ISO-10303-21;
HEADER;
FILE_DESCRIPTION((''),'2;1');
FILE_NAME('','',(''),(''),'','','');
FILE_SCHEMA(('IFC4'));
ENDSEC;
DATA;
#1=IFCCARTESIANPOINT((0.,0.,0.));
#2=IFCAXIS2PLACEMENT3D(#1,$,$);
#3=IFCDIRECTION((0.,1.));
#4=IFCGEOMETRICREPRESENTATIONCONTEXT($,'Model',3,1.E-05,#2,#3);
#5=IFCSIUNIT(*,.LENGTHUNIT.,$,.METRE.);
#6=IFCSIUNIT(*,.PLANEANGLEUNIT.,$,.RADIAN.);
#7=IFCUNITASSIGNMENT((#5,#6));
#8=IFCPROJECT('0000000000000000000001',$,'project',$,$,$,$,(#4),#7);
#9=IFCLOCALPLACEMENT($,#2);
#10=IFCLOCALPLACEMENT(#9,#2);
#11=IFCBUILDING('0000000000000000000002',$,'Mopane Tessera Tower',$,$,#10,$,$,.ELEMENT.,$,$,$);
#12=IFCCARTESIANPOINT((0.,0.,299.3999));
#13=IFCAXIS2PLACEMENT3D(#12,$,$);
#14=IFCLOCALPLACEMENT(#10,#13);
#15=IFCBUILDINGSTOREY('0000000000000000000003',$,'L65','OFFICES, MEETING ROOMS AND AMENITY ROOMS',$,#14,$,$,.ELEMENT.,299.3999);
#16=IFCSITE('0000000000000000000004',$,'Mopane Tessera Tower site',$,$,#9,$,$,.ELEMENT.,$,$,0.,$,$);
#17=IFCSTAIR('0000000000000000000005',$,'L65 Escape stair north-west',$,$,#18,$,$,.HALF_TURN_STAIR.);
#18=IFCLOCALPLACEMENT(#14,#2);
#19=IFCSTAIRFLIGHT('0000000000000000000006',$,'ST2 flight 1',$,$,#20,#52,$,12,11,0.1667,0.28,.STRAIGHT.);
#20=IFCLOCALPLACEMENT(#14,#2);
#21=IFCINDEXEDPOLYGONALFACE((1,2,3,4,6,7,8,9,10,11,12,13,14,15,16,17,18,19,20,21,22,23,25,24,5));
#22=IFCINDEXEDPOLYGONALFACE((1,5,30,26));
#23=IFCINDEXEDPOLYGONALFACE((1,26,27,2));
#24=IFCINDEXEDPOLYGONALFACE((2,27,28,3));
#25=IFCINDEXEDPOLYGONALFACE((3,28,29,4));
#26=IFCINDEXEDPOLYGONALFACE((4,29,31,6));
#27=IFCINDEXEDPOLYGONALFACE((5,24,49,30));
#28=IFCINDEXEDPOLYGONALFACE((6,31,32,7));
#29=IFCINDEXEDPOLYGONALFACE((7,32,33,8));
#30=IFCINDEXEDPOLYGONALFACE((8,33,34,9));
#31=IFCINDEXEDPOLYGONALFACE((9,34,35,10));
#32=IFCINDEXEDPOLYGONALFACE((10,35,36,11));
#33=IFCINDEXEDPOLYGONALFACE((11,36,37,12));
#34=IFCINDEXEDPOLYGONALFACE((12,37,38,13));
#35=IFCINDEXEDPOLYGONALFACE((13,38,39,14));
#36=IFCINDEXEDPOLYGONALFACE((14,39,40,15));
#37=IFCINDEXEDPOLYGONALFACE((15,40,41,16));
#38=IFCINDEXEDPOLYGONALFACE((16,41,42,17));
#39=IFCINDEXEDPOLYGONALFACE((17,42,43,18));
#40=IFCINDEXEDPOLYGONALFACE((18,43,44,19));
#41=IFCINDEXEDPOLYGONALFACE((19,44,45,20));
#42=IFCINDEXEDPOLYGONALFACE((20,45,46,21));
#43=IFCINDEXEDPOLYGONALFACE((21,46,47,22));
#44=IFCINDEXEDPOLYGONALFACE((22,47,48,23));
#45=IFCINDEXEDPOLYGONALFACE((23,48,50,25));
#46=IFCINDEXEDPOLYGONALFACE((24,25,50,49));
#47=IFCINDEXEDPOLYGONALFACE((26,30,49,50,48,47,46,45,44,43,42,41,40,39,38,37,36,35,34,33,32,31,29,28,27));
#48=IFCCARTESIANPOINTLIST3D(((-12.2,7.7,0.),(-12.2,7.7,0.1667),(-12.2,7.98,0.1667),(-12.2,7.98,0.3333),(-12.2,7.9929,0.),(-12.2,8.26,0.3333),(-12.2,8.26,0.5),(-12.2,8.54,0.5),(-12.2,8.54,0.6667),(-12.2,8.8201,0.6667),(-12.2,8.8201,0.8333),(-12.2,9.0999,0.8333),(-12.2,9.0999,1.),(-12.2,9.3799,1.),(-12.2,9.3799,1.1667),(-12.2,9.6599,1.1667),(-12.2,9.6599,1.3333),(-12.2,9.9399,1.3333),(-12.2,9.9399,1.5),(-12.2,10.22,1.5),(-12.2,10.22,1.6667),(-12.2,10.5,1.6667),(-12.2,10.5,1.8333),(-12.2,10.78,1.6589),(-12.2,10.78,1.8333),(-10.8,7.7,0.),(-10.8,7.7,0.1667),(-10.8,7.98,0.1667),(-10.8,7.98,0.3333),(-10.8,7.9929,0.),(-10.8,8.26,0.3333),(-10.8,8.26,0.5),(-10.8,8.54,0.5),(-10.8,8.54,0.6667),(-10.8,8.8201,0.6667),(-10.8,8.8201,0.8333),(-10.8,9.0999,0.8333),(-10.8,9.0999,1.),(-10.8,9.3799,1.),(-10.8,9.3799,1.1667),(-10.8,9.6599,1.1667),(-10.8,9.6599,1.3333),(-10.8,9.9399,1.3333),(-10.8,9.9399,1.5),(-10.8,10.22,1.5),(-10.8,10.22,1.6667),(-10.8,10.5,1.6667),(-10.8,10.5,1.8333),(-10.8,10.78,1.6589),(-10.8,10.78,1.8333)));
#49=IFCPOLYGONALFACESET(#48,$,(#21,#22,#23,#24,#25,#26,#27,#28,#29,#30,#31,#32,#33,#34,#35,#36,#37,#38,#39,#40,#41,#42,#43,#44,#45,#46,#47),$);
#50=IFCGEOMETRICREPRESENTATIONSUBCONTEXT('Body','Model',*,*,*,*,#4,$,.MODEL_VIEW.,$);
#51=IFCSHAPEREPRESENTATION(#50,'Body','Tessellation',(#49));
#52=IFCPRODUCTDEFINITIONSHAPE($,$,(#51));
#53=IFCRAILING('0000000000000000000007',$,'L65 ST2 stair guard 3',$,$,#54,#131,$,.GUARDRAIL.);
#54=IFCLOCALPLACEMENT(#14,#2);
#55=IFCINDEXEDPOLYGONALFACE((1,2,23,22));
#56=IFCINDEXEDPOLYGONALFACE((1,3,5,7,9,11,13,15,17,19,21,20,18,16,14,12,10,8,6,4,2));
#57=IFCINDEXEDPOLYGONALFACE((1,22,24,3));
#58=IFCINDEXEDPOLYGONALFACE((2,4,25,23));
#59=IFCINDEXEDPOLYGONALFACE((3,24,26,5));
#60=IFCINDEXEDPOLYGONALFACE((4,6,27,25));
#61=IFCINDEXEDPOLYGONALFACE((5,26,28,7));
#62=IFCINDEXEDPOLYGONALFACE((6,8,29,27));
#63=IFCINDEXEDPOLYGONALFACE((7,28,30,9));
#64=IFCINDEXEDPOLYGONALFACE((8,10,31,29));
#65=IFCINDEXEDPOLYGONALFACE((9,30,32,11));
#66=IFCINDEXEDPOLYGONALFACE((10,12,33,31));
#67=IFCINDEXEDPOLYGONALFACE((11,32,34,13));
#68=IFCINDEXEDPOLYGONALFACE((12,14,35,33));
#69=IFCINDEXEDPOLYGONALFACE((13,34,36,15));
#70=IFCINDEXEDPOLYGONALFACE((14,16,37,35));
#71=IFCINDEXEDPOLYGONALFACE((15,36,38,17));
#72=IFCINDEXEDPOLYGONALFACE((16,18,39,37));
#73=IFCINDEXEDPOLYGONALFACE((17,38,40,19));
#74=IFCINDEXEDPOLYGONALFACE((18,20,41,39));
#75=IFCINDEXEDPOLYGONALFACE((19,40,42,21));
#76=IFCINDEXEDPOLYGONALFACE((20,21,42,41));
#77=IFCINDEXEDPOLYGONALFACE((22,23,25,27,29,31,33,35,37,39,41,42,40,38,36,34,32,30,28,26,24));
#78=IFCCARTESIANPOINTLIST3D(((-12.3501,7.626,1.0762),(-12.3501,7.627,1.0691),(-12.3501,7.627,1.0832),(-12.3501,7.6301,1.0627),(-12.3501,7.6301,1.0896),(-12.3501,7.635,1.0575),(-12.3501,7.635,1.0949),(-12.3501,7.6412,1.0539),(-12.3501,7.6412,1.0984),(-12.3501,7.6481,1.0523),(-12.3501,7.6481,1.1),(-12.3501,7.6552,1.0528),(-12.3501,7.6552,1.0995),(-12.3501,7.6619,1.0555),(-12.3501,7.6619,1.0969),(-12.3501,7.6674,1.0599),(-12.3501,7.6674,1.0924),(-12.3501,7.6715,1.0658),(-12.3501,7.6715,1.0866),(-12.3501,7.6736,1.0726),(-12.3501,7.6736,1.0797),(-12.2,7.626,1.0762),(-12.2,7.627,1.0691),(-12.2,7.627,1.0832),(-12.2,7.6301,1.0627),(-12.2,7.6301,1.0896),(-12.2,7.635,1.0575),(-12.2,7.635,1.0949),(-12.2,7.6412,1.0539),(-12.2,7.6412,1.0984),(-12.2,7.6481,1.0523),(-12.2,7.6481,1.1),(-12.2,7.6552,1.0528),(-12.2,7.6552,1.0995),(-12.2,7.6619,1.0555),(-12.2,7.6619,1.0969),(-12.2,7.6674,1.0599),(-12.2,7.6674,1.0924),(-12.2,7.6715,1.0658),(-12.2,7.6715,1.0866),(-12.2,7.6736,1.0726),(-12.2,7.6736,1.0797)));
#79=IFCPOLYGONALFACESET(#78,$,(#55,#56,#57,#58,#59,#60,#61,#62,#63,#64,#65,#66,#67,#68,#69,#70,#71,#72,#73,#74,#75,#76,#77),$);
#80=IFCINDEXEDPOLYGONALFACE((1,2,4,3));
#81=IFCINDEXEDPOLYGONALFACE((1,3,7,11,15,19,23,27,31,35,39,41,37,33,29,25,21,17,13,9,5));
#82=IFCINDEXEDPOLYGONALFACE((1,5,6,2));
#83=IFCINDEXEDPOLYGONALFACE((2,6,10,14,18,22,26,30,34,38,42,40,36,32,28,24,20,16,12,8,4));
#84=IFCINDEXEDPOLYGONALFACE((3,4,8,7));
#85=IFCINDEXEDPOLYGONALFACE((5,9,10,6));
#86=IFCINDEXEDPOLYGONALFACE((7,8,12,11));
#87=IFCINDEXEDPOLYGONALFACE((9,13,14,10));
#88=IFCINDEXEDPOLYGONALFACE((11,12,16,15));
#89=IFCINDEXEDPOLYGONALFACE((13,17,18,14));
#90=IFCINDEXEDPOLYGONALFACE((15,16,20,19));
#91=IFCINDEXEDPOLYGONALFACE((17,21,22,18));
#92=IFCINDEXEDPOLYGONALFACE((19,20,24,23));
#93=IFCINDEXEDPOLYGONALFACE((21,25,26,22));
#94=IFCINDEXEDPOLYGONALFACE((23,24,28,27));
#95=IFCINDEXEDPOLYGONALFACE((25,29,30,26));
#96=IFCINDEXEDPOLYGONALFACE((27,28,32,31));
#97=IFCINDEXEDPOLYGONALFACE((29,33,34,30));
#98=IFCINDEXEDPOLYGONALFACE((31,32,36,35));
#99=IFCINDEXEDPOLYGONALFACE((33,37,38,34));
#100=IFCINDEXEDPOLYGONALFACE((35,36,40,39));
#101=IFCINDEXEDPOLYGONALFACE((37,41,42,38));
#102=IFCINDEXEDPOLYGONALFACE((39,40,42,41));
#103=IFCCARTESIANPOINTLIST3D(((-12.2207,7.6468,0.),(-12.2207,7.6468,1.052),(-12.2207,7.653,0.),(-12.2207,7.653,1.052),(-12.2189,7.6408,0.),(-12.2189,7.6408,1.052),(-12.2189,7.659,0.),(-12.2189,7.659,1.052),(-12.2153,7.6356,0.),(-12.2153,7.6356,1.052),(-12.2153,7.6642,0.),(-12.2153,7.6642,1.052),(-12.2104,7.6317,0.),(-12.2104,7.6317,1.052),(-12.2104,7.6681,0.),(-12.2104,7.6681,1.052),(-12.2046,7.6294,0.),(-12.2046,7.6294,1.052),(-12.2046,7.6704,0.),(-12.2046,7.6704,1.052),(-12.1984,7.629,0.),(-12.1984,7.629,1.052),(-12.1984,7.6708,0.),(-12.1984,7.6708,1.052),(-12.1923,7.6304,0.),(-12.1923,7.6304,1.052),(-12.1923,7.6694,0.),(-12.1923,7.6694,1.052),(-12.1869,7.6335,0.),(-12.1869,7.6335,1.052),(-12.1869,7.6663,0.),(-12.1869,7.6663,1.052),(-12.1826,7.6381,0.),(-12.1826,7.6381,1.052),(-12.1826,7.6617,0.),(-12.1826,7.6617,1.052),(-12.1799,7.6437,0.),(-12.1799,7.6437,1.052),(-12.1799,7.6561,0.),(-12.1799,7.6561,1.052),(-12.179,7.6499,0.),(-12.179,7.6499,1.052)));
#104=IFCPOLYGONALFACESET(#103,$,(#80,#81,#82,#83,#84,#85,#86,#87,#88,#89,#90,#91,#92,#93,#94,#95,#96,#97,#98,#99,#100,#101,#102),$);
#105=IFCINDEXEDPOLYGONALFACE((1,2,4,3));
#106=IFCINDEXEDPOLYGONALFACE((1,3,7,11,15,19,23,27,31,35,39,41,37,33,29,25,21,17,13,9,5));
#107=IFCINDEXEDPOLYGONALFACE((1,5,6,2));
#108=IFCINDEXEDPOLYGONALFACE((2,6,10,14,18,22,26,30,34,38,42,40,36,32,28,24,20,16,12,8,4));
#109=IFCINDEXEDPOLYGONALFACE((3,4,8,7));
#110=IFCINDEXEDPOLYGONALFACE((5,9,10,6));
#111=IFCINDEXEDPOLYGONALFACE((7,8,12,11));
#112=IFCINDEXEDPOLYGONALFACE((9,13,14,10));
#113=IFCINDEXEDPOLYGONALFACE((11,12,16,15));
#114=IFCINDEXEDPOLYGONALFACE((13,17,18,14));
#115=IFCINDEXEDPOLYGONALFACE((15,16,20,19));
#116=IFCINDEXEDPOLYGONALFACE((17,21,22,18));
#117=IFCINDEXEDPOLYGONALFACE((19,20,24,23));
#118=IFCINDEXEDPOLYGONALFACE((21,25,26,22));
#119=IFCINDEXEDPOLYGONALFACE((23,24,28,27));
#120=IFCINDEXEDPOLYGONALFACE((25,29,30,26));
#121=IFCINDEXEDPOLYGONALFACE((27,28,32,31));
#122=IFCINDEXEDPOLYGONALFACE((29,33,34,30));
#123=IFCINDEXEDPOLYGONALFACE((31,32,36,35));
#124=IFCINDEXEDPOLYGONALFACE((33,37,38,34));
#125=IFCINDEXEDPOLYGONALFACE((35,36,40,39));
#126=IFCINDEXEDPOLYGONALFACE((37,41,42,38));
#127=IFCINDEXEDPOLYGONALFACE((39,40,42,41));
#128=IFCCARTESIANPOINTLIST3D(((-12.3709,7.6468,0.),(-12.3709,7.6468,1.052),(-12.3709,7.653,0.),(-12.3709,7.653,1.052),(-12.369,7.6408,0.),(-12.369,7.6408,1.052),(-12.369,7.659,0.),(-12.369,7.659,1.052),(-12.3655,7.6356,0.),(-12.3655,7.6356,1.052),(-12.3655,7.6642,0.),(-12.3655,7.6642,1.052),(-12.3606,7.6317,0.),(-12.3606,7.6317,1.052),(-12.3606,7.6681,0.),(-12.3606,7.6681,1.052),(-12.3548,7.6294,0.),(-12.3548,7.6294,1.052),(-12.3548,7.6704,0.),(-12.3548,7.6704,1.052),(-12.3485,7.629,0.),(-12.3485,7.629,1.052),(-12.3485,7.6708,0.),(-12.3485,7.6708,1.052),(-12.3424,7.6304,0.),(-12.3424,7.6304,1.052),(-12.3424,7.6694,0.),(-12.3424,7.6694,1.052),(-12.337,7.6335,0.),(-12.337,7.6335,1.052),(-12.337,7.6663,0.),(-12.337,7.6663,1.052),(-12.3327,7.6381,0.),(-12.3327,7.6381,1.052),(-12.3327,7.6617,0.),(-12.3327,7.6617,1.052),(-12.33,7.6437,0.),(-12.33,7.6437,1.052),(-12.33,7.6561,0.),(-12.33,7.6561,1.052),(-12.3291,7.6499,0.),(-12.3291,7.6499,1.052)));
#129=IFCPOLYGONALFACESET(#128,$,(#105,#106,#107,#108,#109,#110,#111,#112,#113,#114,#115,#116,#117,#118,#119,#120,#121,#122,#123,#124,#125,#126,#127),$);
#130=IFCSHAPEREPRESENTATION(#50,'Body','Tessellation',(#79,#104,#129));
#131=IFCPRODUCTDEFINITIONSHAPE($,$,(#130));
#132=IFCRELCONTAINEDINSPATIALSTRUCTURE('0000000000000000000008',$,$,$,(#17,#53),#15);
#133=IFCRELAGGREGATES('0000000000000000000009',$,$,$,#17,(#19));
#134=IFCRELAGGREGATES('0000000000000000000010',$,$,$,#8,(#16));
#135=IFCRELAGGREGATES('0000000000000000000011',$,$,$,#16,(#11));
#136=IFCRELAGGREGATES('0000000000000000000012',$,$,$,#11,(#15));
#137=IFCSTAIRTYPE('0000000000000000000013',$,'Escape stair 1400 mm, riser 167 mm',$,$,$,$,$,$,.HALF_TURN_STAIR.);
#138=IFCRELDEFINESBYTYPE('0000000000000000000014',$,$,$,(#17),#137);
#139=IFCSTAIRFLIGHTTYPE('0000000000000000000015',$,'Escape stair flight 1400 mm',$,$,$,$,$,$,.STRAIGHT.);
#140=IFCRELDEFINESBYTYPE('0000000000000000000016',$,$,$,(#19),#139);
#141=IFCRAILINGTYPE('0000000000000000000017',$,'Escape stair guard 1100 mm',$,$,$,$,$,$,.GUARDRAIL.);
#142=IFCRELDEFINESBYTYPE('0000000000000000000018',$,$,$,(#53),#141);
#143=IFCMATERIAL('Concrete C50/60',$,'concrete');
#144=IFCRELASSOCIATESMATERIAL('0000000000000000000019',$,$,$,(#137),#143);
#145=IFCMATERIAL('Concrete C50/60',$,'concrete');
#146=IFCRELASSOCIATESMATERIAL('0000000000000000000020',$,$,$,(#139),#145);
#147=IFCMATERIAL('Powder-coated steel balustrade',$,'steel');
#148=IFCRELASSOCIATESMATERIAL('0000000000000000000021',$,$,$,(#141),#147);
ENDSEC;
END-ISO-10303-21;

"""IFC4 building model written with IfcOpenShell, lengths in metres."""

from ifc_helpers import new_model, si_unit, direction, frame, origin, origin_2d, place, context, subcontext, project, spatial, polyline, circle, outline, extrude, material, type_object, element, aggregate, save


model = new_model("IFC4")

# Units and contexts
model_context = context("Model", 3, precision=1e-05, world=origin(), true_north=direction((0.0, 1.0)))
body_context = subcontext(model_context, "Body", "Model", "MODEL_VIEW")
ifc_project = project(units=[si_unit("LENGTHUNIT", "METRE"), si_unit("PLANEANGLEUNIT", "RADIAN")], contexts=[model_context])

# Site, building, storey
site_placement = place(None, origin())
site = spatial("IfcSite", under=ifc_project, at=site_placement, Name="Mopane Tessera Tower site", CompositionType="ELEMENT", RefElevation=0.0)
building_placement = place(site_placement, origin())
building = spatial("IfcBuilding", under=site, at=building_placement, Name="Mopane Tessera Tower", CompositionType="ELEMENT")
storey_placement = place(building_placement, frame((0.0, 0.0, 299.3999)))
storey = spatial("IfcBuildingStorey", under=building, at=storey_placement, Name="L65", Description="OFFICES, MEETING ROOMS AND AMENITY ROOMS", CompositionType="ELEMENT", Elevation=299.3999)

# Stair, stair flight
ifc_material_1 = material(Name="Concrete C50/60", Category="concrete")
stair_type = type_object("IfcStairType", Name="Escape stair 1400 mm, riser 167 mm", PredefinedType="HALF_TURN_STAIR", material=ifc_material_1)
stair_placement = place(storey_placement, origin())
stair = element("IfcStair", 1, at=stair_placement, inside=storey, type_object=stair_type, Name="L65 Escape stair north-west", PredefinedType="HALF_TURN_STAIR")
ifc_material_2 = material(Name="Concrete C50/60", Category="concrete")
stair_flight_type = type_object("IfcStairFlightType", Name="Escape stair flight 1400 mm", PredefinedType="STRAIGHT", material=ifc_material_2)
stair_flight_placement = place(storey_placement, frame((-11.5, 7.7, 0.0), z_axis=(0.0, 0.0, 1.0), x_axis=(0.0, 1.0, 0.0)))
stair_flight = element("IfcStairFlight", 2, at=stair_flight_placement, type_object=stair_flight_type, Name="ST2 flight 1", NumberOfRisers=12, NumberOfTreads=11, PredefinedType="STRAIGHT", RiserHeight=0.1667, TreadLength=0.28, context=body_context, shape_type="SweptSolid", body=[
    extrude(outline(polyline([(0.0, 0.0), (0.0, 0.1667), (0.28, 0.1667), (0.28, 0.3333), (0.5601, 0.3333), (0.5601, 0.5), (0.8401, 0.5), (0.8401, 0.6667), (1.1201, 0.6667), (1.1201, 0.8333), (1.3999, 0.8333), (1.3999, 1.0), (1.6799, 1.0), (1.6799, 1.1667), (1.96, 1.1667), (1.96, 1.3333), (2.24, 1.3333), (2.24, 1.5), (2.52, 1.5), (2.52, 1.6667), (2.8, 1.6667), (2.8, 1.8333), (3.0801, 1.8333), (3.0801, 2.0), (3.0801, 1.6589), (0.293, 0.0), (0.0, 0.0)])), frame((0.0, 0.7, 0.0), z_axis=(0.0, -1.0, 0.0), x_axis=(1.0, 0.0, 0.0)), (0.0, 0.0, 1.0), 1.3999),
])
aggregate(stair, [stair_flight])

# Railing
ifc_material_3 = material(Name="Powder-coated steel balustrade", Category="steel")
railing_type_1 = type_object("IfcRailingType", Name="Escape stair guard 1100 mm", PredefinedType="GUARDRAIL", material=ifc_material_3)
railing_1_placement = place(storey_placement, frame((-12.2, 7.6499, 0.0)))
element("IfcRailing", 3, at=railing_1_placement, inside=storey, type_object=railing_type_1, Name="L65 ST2 stair guard 3", PredefinedType="GUARDRAIL", context=body_context, shape_type="SweptSolid", body=[
    extrude(circle(Radius=0.0239, at=origin_2d()), frame((0.0, 0.0, 1.0762), z_axis=(-1.0, 0.0, 0.0), x_axis=(0.0, -1.0, 0.0)), (0.0, 0.0, 1.0), 0.1501),
    extrude(circle(Radius=0.021, at=origin_2d()), origin(), (0.0, 0.0, 1.0), 1.052),
    extrude(circle(Radius=0.021, at=origin_2d()), frame((-0.1501, 0.0, 0.0)), (0.0, 0.0, 1.0), 1.052),
])

save(model, "model.ifc")
